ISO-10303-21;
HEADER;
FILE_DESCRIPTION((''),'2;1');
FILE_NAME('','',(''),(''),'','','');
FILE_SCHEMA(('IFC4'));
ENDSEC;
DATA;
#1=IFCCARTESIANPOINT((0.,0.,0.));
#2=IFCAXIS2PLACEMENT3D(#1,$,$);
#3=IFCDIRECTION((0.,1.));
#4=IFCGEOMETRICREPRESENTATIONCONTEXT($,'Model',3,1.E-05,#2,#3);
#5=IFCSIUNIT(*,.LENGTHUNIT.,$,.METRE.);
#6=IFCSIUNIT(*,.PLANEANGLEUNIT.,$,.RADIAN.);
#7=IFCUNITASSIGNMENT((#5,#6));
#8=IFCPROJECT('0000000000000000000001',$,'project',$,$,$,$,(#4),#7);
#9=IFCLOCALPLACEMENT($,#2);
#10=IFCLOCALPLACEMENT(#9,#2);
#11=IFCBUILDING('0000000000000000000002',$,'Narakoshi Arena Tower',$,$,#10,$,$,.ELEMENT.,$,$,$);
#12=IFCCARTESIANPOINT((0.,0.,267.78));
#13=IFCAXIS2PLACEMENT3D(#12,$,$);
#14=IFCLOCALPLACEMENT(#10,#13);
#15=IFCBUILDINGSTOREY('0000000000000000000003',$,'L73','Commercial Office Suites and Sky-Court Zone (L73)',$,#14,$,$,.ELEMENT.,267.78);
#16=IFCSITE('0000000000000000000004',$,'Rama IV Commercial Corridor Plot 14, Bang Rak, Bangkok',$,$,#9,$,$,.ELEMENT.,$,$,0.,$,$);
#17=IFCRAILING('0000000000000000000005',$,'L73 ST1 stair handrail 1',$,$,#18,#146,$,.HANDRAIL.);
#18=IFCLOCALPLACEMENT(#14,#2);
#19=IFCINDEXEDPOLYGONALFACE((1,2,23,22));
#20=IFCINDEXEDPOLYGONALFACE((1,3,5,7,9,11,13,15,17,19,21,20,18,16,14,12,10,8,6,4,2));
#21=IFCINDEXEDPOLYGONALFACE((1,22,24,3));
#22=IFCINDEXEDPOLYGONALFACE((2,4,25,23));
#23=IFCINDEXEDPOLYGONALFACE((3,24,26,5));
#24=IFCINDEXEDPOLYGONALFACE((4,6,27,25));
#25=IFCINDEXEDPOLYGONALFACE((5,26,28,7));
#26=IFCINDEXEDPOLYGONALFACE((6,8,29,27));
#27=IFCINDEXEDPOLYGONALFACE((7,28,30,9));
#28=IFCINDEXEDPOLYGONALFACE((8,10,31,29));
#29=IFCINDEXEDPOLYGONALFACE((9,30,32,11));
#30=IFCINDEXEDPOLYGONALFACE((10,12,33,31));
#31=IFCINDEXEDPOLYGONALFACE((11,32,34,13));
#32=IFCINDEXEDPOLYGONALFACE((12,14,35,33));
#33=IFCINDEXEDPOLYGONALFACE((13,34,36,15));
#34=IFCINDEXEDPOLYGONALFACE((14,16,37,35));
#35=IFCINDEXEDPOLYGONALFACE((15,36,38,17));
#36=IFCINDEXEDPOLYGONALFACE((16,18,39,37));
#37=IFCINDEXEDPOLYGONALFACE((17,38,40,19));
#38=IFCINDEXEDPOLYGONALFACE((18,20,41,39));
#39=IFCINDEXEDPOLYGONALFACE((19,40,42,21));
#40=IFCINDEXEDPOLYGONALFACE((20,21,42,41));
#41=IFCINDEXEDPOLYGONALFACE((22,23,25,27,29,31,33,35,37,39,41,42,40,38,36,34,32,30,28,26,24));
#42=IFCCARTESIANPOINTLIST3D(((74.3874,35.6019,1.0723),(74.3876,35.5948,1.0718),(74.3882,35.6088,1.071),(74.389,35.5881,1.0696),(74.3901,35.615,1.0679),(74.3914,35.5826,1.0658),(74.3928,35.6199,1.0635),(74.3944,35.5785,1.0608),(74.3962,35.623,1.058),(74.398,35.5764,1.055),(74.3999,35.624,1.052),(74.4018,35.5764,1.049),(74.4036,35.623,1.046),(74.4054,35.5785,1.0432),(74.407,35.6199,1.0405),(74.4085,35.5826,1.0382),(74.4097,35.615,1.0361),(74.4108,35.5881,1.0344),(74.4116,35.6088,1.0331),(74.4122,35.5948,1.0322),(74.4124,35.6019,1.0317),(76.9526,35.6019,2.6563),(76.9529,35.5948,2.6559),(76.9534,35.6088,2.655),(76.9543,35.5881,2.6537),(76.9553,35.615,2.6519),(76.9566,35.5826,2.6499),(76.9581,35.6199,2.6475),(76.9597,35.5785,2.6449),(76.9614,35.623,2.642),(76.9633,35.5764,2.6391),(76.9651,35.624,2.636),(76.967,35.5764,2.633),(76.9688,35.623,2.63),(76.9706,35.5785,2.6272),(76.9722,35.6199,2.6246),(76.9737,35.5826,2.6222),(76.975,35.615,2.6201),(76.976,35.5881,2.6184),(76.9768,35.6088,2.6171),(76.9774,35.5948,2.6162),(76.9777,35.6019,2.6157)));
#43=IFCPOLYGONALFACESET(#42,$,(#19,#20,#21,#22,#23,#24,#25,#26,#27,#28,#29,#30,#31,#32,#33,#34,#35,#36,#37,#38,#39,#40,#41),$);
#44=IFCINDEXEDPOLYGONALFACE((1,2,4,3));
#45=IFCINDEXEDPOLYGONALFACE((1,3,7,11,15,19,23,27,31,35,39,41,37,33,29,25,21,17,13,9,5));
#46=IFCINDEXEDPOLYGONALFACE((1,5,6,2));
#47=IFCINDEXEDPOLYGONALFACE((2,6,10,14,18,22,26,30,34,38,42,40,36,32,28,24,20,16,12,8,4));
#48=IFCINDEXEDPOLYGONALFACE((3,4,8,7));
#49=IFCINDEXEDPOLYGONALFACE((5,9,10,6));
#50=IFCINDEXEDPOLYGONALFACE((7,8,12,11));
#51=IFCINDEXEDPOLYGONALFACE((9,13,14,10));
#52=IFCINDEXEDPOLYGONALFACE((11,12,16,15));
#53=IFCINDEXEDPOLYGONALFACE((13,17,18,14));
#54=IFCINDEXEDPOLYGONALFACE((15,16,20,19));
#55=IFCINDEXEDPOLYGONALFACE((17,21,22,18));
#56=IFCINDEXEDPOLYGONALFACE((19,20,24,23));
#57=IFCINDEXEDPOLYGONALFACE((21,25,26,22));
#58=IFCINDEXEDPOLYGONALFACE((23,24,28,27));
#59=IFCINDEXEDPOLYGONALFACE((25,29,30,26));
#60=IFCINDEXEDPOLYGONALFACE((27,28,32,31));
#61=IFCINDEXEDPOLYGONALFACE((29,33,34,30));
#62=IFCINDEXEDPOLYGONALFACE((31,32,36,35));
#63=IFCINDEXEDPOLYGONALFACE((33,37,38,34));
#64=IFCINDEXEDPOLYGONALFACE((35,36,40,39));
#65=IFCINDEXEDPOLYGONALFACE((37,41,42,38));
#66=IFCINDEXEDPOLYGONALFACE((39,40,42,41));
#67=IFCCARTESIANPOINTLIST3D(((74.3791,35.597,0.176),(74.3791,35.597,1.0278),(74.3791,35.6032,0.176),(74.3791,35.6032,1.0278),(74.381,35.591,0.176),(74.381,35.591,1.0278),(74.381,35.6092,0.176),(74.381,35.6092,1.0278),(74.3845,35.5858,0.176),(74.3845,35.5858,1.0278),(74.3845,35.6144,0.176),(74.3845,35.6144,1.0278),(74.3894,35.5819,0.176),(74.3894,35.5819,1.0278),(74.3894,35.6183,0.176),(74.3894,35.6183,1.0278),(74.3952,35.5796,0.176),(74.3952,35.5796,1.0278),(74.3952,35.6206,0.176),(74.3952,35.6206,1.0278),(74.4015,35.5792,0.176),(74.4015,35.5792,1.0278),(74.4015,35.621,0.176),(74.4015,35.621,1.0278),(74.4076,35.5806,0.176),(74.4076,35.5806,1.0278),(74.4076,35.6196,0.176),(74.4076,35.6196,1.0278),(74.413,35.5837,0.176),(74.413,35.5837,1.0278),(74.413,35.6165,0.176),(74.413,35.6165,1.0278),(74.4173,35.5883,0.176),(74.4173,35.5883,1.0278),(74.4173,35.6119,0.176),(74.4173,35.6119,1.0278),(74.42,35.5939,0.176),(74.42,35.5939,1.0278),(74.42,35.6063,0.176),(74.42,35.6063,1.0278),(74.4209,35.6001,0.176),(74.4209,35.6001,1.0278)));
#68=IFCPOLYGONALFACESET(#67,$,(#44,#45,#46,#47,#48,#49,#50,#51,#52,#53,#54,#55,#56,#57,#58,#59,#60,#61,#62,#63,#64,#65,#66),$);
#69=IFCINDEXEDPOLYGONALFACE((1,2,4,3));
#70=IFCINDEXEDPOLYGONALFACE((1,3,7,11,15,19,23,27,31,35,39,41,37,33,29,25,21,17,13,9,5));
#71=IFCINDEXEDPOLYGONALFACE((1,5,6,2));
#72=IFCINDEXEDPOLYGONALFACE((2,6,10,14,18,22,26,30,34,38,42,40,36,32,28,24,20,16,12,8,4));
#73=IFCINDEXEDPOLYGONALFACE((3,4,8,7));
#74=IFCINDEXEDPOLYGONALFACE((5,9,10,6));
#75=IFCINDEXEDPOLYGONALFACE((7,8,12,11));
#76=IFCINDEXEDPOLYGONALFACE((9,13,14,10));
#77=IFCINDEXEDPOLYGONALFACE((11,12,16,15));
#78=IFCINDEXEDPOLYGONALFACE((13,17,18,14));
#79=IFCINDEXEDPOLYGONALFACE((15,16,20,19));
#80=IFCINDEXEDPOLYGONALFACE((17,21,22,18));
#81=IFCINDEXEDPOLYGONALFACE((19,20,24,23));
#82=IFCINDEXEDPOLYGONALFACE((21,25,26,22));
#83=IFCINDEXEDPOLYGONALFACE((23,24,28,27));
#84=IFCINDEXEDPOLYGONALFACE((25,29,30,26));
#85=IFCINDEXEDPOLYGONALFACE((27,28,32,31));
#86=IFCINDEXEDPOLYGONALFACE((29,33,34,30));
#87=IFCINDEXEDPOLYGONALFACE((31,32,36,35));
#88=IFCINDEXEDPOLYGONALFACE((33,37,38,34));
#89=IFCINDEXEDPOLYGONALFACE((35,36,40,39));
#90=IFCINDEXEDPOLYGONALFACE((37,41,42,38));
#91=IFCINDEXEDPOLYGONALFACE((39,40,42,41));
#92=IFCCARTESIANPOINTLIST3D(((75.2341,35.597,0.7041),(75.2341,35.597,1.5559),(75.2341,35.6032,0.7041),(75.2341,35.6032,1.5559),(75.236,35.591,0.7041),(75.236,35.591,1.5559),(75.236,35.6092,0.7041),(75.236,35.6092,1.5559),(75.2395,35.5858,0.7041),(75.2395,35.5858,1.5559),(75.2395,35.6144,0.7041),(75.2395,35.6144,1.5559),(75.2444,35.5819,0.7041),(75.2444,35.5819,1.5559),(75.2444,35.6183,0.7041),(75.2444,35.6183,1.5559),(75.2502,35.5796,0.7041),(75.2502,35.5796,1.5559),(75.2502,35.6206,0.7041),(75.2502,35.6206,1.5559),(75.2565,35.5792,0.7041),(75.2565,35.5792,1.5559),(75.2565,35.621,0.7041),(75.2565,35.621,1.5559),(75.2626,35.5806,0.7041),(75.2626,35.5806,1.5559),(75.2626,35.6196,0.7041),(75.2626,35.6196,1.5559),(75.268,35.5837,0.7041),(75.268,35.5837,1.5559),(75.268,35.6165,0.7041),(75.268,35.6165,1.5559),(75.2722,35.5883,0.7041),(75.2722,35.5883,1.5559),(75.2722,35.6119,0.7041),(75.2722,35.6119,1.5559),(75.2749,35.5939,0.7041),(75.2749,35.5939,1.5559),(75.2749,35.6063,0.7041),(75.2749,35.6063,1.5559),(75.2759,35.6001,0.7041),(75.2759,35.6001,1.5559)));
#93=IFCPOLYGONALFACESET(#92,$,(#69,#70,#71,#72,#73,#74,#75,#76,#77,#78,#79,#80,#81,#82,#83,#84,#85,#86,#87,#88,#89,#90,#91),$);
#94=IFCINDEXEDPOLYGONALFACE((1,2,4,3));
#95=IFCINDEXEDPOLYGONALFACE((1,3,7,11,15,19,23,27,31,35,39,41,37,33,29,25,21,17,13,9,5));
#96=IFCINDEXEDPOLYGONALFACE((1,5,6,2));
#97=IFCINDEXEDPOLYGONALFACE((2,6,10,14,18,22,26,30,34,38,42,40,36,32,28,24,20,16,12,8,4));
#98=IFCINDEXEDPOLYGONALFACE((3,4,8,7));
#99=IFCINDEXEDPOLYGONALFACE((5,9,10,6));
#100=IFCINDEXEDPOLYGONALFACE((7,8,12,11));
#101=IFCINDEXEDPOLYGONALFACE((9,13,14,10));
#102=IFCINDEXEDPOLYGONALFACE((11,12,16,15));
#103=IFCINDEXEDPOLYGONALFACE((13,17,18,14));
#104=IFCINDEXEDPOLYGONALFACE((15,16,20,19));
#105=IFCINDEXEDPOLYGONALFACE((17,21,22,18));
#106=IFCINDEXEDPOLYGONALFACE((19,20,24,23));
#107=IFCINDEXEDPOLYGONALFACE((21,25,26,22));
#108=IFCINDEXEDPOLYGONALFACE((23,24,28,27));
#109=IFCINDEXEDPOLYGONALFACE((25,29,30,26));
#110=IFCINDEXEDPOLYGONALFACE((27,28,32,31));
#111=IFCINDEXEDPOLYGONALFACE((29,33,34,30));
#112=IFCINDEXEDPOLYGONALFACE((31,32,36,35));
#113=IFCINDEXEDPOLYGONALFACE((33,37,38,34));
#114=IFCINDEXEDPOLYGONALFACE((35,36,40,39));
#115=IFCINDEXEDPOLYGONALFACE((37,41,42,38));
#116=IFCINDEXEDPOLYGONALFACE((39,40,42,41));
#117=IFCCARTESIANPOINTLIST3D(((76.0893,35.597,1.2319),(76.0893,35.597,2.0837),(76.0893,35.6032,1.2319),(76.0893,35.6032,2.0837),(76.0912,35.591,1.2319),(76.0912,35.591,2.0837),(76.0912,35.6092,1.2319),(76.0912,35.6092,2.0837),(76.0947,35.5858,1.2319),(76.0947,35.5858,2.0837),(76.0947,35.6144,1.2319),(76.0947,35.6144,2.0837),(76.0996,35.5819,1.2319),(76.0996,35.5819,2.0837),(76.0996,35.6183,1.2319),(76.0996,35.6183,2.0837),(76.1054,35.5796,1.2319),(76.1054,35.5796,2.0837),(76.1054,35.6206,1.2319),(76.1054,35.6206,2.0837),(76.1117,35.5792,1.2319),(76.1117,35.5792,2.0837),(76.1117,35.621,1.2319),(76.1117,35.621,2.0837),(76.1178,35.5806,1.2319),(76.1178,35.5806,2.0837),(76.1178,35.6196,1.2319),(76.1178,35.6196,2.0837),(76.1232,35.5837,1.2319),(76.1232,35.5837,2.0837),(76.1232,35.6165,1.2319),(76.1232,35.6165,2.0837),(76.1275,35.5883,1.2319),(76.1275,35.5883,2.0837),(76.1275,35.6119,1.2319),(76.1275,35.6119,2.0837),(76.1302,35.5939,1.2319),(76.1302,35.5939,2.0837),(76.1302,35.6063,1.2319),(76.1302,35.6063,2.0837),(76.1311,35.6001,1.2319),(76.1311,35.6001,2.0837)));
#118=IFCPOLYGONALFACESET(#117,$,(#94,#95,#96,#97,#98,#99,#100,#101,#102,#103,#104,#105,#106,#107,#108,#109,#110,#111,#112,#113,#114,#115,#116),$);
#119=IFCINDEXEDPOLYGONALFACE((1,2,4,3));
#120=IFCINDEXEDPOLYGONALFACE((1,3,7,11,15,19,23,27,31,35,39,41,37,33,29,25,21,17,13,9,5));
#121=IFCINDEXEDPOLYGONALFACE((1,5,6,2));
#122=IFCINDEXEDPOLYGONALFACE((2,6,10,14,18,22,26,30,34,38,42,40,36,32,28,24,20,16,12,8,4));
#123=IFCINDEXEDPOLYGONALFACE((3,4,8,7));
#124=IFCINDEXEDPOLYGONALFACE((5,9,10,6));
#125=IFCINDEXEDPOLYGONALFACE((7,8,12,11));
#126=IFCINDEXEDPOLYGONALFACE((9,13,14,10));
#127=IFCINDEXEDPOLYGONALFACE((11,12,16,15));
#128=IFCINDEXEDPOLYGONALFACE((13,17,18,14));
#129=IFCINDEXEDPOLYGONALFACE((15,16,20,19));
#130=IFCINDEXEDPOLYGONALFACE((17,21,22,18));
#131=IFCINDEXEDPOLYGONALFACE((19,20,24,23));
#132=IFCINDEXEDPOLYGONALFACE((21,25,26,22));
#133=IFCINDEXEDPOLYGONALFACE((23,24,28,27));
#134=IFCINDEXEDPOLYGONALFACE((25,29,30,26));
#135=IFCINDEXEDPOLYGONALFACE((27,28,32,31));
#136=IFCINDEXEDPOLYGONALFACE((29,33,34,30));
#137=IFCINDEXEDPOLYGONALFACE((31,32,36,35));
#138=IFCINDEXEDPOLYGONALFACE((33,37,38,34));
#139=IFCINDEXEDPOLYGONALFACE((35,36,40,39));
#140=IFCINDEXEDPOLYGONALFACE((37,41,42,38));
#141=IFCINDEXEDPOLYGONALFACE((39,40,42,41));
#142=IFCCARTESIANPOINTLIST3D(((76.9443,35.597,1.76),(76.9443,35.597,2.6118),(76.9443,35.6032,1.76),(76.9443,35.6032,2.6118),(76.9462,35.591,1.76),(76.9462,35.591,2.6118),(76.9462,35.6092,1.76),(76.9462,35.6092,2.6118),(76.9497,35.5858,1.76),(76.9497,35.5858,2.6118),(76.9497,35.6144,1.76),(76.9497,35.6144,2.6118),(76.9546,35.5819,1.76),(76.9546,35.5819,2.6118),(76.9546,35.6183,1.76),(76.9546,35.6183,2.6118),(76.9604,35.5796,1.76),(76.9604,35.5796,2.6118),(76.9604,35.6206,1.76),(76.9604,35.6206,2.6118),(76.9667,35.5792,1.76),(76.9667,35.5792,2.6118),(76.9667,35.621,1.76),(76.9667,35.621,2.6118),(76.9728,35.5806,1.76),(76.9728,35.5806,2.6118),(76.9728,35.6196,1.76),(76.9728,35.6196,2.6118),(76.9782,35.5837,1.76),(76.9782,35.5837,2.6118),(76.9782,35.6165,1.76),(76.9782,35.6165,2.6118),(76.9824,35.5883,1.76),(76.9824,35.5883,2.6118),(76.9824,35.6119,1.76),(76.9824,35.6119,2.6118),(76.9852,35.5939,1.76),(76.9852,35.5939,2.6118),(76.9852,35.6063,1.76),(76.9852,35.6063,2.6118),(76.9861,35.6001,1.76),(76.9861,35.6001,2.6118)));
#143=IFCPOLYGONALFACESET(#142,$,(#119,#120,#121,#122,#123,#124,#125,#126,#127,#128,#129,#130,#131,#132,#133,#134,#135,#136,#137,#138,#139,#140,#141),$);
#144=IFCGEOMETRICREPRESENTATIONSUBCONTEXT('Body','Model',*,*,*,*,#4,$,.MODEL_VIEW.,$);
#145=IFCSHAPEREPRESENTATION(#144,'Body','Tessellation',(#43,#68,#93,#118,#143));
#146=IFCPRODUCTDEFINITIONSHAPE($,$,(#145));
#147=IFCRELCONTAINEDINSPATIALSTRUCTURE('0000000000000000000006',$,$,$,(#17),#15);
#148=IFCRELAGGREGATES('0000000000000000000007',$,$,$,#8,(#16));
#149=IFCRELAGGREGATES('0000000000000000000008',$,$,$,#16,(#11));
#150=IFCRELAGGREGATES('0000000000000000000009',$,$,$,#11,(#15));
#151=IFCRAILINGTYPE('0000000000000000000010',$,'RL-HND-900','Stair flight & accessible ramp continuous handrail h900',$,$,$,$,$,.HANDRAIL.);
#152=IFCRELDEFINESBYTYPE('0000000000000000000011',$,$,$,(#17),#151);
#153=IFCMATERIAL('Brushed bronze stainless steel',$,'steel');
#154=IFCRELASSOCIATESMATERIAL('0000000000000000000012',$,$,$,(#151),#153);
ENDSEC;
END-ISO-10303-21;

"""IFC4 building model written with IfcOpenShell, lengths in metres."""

from ifc_helpers import new_model, si_unit, direction, frame, origin, origin_2d, place, context, subcontext, project, spatial, circle, extrude, material, type_object, element, save


model = new_model("IFC4")

# Units and contexts
model_context = context("Model", 3, precision=1e-05, world=origin(), true_north=direction((0.0, 1.0)))
body_context = subcontext(model_context, "Body", "Model", "MODEL_VIEW")
ifc_project = project(units=[si_unit("LENGTHUNIT", "METRE"), si_unit("PLANEANGLEUNIT", "RADIAN")], contexts=[model_context])

# Site, building, storey
site_placement = place(None, origin())
site = spatial("IfcSite", under=ifc_project, at=site_placement, Name="Rama IV Commercial Corridor Plot 14, Bang Rak, Bangkok", CompositionType="ELEMENT", RefElevation=0.0)
building_placement = place(site_placement, origin())
building = spatial("IfcBuilding", under=site, at=building_placement, Name="Narakoshi Arena Tower", CompositionType="ELEMENT")
storey_placement = place(building_placement, frame((0.0, 0.0, 267.78)))
storey = spatial("IfcBuildingStorey", under=building, at=storey_placement, Name="L73", Description="Commercial Office Suites and Sky-Court Zone (L73)", CompositionType="ELEMENT", Elevation=267.78)

# Railing
ifc_material_1 = material(Name="Brushed bronze stainless steel", Category="steel")
railing_type_1 = type_object("IfcRailingType", Name="RL-HND-900", Description="Stair flight & accessible ramp continuous handrail h900", PredefinedType="HANDRAIL", material=ifc_material_1)
railing_1_placement = place(storey_placement, frame((74.3999, 35.6001, 0.176)))
element("IfcRailing", 1, at=railing_1_placement, inside=storey, type_object=railing_type_1, Name="L73 ST1 stair handrail 1", PredefinedType="HANDRAIL", context=body_context, shape_type="SweptSolid", body=[
    extrude(circle(Radius=0.0239, at=origin_2d()), frame((0.0, 0.0, 0.876), z_axis=(0.850857, 0.0, 0.525398), x_axis=(0.0, 1.0, 0.0)), (0.0, 0.0, 1.0), 3.0149),
    extrude(circle(Radius=0.021, at=origin_2d()), origin(), (0.0, 0.0, 1.0), 0.8518),
    extrude(circle(Radius=0.021, at=origin_2d()), frame((0.855, 0.0, 0.5281)), (0.0, 0.0, 1.0), 0.8518),
    extrude(circle(Radius=0.021, at=origin_2d()), frame((1.7102, 0.0, 1.0559)), (0.0, 0.0, 1.0), 0.8518),
    extrude(circle(Radius=0.021, at=origin_2d()), frame((2.5652, 0.0, 1.584)), (0.0, 0.0, 1.0), 0.8518),
])

save(model, "model.ifc")
